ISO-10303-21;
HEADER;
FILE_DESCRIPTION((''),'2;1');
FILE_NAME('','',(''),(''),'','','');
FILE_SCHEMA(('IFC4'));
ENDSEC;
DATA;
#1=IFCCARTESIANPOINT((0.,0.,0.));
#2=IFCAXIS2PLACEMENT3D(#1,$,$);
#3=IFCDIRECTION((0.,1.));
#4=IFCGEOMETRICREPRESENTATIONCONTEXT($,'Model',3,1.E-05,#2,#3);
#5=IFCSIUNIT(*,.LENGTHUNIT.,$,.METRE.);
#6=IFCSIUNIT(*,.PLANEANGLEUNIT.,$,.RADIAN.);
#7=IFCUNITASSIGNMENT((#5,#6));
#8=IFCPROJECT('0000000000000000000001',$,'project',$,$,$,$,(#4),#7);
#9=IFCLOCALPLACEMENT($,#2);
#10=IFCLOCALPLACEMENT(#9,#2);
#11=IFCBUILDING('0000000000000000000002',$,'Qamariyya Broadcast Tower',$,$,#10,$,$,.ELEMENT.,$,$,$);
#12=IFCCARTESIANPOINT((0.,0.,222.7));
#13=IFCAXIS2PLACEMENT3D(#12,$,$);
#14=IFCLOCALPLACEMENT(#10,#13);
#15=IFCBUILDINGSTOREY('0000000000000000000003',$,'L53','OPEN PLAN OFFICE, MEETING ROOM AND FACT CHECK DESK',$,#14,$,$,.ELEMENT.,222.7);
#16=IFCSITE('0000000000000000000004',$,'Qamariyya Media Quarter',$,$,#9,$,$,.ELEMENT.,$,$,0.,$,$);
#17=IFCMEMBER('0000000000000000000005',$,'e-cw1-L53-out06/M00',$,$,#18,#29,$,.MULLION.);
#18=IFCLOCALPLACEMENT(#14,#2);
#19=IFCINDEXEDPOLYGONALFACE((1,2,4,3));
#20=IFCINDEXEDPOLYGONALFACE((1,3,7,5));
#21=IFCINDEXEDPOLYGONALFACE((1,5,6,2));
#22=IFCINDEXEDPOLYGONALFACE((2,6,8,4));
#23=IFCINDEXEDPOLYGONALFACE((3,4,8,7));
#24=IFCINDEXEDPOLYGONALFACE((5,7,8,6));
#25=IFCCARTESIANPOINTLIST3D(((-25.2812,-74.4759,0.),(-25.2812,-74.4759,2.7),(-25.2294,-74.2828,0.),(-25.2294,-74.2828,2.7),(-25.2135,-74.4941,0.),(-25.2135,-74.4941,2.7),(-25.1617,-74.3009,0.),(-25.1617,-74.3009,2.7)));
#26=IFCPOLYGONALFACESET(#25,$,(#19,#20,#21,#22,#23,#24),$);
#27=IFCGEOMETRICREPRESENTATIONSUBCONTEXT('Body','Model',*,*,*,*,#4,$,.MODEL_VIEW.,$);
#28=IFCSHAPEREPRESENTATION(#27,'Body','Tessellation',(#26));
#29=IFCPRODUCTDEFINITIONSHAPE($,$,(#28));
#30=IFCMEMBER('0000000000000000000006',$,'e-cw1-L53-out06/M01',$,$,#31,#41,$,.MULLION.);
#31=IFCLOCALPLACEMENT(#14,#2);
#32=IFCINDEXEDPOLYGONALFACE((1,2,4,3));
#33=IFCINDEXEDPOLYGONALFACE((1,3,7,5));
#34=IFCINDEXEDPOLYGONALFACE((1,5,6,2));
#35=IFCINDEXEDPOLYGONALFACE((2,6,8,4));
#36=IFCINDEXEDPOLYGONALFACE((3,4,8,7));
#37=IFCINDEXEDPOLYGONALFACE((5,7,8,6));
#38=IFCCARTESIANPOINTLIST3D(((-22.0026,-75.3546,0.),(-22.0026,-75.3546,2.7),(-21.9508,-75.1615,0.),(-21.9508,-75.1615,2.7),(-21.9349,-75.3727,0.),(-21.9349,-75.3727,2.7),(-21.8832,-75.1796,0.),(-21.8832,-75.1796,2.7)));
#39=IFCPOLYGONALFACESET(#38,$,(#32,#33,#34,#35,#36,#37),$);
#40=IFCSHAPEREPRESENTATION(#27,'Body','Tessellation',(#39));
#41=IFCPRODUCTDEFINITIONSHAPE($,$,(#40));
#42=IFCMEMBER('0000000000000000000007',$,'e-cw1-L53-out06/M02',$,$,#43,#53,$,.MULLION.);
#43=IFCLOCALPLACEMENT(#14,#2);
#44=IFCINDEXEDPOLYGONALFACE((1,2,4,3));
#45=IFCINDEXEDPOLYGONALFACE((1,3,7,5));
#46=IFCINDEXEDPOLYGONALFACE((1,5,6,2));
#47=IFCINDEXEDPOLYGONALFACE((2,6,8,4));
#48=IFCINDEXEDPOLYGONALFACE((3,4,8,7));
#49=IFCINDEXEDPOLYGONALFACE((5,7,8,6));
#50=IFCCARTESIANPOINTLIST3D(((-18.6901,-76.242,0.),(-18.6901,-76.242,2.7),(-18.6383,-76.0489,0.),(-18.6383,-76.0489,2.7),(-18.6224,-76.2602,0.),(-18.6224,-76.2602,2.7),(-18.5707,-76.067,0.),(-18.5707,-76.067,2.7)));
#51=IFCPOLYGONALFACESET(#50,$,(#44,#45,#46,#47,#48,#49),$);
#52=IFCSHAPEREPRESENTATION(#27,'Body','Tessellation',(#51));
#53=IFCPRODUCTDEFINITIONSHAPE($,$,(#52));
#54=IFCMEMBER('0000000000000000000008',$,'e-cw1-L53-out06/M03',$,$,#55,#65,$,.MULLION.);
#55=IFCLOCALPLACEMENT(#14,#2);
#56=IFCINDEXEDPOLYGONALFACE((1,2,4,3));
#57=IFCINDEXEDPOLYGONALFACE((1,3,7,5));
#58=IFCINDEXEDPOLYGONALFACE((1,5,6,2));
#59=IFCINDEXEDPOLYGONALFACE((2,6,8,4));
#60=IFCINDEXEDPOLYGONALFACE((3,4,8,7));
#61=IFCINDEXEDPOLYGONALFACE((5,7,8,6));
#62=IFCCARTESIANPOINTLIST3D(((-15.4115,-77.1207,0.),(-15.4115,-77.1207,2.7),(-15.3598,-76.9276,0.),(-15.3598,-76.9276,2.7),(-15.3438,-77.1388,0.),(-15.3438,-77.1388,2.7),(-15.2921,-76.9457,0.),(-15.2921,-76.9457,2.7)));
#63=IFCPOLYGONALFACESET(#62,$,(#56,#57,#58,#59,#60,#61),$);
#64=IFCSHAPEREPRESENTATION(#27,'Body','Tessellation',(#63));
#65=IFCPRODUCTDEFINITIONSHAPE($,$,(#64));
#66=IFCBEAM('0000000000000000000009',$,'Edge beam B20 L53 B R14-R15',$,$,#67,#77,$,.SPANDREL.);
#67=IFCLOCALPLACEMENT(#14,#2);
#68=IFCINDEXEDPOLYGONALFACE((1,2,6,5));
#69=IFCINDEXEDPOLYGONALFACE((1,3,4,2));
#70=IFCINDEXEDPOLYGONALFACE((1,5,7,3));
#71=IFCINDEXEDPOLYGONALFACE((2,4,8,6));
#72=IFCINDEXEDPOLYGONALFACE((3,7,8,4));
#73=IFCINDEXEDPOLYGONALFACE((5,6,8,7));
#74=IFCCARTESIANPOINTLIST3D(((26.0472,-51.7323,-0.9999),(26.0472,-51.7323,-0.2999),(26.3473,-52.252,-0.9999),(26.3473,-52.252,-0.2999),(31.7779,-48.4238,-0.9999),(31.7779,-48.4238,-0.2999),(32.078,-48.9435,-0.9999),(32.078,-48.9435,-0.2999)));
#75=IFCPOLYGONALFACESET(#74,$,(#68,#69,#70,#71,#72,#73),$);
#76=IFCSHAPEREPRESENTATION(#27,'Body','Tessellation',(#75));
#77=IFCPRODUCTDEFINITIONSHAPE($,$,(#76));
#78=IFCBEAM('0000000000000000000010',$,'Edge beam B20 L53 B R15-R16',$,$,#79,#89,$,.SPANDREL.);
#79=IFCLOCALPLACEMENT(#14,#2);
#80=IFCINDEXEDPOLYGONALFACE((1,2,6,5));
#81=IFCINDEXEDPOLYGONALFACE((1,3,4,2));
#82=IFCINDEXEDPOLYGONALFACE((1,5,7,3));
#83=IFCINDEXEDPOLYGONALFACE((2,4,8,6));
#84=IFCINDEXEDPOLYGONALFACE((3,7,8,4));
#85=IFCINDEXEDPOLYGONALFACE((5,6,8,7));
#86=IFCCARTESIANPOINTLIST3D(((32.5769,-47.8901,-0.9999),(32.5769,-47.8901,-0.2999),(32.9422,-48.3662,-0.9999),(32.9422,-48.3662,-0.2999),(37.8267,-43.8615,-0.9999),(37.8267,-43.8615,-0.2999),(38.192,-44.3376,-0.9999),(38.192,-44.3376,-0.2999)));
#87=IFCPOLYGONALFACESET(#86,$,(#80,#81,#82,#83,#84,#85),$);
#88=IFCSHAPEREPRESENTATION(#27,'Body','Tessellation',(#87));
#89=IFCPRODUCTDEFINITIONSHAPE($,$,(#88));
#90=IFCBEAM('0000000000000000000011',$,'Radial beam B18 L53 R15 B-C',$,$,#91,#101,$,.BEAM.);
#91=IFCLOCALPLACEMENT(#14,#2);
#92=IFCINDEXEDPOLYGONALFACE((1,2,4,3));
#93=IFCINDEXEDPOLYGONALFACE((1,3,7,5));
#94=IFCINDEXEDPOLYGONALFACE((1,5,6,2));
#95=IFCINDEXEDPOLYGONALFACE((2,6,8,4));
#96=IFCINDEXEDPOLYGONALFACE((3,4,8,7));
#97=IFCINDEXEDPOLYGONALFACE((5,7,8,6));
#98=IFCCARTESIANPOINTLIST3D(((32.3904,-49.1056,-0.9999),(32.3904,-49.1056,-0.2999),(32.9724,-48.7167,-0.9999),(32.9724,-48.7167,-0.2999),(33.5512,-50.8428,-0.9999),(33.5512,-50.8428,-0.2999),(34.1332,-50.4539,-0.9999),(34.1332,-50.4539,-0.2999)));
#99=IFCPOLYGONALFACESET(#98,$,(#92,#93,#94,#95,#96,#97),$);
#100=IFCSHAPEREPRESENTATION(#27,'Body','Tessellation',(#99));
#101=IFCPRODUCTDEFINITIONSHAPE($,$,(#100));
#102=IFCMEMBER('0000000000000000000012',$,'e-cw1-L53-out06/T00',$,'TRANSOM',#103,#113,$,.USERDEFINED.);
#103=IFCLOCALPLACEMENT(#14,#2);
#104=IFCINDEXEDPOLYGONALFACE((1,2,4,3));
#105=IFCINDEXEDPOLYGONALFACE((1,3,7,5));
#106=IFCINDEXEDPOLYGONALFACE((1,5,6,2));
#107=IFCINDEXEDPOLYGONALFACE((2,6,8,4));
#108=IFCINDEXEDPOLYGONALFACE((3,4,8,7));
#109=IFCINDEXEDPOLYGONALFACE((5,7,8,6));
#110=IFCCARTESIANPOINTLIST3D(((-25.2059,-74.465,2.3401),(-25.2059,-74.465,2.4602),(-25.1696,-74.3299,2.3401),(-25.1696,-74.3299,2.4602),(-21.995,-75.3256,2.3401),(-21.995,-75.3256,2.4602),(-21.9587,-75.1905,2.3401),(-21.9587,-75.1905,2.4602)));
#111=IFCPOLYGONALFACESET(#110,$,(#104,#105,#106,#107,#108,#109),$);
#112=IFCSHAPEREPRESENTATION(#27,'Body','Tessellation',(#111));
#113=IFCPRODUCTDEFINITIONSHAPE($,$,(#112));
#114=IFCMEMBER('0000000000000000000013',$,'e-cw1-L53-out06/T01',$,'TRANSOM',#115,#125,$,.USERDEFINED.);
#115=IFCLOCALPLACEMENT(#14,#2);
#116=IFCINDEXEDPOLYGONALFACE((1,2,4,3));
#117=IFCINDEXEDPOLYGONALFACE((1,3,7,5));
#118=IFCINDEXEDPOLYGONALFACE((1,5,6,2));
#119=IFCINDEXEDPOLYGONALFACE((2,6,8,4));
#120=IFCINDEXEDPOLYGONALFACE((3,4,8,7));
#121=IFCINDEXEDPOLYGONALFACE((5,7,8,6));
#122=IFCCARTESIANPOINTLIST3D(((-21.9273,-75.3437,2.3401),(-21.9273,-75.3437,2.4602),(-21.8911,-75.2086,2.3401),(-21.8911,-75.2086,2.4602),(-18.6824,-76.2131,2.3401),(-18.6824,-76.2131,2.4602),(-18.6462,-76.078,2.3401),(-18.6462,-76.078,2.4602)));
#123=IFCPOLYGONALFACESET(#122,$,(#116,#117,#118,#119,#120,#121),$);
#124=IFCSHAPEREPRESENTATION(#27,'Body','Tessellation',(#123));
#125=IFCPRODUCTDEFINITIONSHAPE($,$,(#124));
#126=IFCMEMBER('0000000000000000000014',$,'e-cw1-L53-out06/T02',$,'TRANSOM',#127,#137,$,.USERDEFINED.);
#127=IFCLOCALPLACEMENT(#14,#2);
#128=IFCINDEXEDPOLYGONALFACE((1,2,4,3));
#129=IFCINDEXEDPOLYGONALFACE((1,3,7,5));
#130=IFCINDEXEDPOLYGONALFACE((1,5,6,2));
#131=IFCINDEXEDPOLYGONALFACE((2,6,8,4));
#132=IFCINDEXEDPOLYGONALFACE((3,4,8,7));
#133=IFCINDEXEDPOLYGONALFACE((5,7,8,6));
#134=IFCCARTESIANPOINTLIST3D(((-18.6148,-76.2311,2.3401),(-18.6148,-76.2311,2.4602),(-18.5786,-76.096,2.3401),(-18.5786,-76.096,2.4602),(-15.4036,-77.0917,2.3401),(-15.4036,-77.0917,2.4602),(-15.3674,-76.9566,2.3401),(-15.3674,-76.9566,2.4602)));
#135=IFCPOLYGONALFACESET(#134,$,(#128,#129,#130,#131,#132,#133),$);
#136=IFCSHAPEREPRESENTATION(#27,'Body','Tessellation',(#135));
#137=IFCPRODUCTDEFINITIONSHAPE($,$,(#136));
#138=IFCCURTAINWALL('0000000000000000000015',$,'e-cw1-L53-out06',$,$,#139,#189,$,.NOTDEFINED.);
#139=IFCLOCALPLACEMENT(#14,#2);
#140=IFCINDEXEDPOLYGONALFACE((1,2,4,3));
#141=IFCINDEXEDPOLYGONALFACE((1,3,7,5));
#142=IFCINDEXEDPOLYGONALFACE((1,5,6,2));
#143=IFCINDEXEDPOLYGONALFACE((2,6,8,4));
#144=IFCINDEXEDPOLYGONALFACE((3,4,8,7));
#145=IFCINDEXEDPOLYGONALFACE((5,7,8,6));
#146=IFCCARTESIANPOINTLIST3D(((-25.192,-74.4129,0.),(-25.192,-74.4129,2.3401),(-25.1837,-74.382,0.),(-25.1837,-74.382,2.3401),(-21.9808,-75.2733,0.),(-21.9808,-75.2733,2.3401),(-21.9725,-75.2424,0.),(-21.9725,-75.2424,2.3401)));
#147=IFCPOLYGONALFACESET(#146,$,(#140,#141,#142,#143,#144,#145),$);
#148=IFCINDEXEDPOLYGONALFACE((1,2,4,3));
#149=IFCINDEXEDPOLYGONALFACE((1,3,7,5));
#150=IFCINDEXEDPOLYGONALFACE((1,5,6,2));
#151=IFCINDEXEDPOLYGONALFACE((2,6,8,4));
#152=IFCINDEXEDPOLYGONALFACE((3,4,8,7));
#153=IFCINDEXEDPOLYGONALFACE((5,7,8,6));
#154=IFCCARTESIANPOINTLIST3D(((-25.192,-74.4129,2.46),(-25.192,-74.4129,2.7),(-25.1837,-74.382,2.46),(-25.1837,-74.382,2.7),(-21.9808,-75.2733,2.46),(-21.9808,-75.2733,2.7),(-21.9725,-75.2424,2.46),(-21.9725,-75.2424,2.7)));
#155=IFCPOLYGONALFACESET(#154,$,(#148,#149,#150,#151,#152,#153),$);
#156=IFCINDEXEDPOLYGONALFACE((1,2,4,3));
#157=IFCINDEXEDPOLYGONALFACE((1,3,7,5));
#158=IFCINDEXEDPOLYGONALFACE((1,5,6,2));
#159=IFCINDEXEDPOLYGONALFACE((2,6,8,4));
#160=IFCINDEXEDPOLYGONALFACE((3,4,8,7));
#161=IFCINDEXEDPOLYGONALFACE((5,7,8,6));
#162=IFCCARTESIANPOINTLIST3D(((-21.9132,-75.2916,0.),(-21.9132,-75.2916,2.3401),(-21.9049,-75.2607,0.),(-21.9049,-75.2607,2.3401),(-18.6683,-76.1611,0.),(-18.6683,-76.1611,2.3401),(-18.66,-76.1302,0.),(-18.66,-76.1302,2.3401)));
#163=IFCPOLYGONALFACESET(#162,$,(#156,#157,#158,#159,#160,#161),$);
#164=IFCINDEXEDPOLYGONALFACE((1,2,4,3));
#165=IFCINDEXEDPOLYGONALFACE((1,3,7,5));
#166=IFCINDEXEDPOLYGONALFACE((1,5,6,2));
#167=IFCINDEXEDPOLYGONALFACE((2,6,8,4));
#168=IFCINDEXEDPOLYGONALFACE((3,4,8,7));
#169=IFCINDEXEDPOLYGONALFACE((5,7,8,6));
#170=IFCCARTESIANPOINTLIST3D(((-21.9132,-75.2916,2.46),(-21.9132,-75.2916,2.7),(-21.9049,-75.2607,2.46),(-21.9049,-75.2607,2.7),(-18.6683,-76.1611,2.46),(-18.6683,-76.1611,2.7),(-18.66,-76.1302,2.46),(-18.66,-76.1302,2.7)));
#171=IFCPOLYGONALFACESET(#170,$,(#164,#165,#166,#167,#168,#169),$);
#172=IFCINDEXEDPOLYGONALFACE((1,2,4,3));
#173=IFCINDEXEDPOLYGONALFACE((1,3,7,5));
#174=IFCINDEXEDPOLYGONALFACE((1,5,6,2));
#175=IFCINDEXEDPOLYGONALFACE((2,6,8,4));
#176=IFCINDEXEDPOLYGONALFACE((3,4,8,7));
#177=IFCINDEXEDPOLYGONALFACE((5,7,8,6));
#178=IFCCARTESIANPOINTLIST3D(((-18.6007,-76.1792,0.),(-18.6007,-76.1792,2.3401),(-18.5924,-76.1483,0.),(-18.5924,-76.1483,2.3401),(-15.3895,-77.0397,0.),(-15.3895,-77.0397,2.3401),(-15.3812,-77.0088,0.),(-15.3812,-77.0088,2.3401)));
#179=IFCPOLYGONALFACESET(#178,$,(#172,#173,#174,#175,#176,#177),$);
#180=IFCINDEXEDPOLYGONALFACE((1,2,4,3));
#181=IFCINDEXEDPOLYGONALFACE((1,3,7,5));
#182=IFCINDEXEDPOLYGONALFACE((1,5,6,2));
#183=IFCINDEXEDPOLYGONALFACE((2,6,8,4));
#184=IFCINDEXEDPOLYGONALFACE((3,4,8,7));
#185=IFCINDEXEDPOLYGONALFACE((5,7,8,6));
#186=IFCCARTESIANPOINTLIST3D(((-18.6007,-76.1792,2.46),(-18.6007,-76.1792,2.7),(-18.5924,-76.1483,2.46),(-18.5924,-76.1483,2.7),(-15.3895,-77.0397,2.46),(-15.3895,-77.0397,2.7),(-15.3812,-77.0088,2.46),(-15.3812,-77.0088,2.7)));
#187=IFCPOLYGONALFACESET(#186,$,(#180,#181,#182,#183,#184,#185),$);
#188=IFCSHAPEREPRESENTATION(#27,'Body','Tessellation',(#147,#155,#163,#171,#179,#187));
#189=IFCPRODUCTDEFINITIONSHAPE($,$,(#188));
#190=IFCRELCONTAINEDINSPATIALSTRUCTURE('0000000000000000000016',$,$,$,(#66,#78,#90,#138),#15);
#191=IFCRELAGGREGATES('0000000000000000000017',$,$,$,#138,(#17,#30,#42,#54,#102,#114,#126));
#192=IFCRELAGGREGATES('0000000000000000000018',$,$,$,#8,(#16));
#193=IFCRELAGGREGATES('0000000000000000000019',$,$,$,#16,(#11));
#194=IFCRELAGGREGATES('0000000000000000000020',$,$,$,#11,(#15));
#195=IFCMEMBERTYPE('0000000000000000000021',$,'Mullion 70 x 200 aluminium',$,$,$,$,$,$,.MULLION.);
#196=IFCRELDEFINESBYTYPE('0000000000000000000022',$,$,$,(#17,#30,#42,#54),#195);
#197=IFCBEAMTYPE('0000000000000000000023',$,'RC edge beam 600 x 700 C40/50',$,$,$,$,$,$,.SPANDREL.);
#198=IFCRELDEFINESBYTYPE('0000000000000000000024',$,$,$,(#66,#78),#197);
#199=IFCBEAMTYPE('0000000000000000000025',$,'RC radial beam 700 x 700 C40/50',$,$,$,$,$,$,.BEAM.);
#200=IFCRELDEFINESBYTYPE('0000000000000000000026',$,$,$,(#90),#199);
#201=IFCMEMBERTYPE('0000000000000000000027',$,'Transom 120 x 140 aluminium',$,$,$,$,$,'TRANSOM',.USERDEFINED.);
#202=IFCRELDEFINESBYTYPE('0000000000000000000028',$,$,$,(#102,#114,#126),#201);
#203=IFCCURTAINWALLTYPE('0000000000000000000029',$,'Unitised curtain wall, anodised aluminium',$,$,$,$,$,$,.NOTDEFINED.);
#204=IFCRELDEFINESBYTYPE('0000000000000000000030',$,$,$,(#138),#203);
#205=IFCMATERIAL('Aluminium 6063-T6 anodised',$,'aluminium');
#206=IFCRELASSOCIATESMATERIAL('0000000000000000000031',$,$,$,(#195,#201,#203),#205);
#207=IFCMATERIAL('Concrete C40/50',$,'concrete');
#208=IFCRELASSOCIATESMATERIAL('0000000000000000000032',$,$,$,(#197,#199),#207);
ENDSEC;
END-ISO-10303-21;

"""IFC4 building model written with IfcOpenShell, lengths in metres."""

from ifc_helpers import new_model, si_unit, direction, frame, origin, origin_2d, place, context, subcontext, project, spatial, rectangle, extrude, material, material_profile, profile_set, type_object, element, aggregate, save


model = new_model("IFC4")

# Units and contexts
model_context = context("Model", 3, precision=1e-05, world=origin(), true_north=direction((0.0, 1.0)))
body_context = subcontext(model_context, "Body", "Model", "MODEL_VIEW")
ifc_project = project(units=[si_unit("LENGTHUNIT", "METRE"), si_unit("PLANEANGLEUNIT", "RADIAN")], contexts=[model_context])

# Site, building, storey
site_placement = place(None, origin())
site = spatial("IfcSite", under=ifc_project, at=site_placement, Name="Qamariyya Media Quarter", CompositionType="ELEMENT", RefElevation=0.0)
building_placement = place(site_placement, origin())
building = spatial("IfcBuilding", under=site, at=building_placement, Name="Qamariyya Broadcast Tower", CompositionType="ELEMENT")
storey_placement = place(building_placement, frame((0.0, 0.0, 222.7)))
storey = spatial("IfcBuildingStorey", under=building, at=storey_placement, Name="L53", Description="OPEN PLAN OFFICE, MEETING ROOM AND FACT CHECK DESK", CompositionType="ELEMENT", Elevation=222.7)

# Members
ifc_material_1 = material(Name="Aluminium 6063-T6 anodised", Category="aluminium")
ifc_material_profile_1 = material_profile(ifc_material_1, rectangle(XDim=0.2, YDim=0.0701, at=origin_2d()))
ifc_profile_set_1 = profile_set([ifc_material_profile_1], Name="Aluminium 6063-T6 anodised")
member_type_1 = type_object("IfcMemberType", Name="Mullion 70 x 200 aluminium", PredefinedType="MULLION", material=ifc_profile_set_1)
member_1_placement = place(storey_placement, frame((-25.2214, -74.3884, 0.0), z_axis=(0.0, 0.0, 1.0), x_axis=(0.258819, 0.965926, 0.0)))
member_1 = element("IfcMember", 1, at=member_1_placement, type_object=member_type_1, Name="e-cw1-L53-out06/M00", PredefinedType="MULLION", context=body_context, shape_type="SweptSolid", body=[
    extrude(rectangle(XDim=0.2, YDim=0.0701, at=origin_2d()), origin(), (0.0, 0.0, 1.0), 2.7),
])
member_2_placement = place(storey_placement, frame((-21.9429, -75.2671, 0.0), z_axis=(0.0, 0.0, 1.0), x_axis=(0.258819, 0.965926, 0.0)))
member_2 = element("IfcMember", 2, at=member_2_placement, type_object=member_type_1, Name="e-cw1-L53-out06/M01", PredefinedType="MULLION", context=body_context, shape_type="SweptSolid", body=[
    extrude(rectangle(XDim=0.2, YDim=0.0701, at=origin_2d()), origin(), (0.0, 0.0, 1.0), 2.7),
])
member_3_placement = place(storey_placement, frame((-18.6304, -76.1545, 0.0), z_axis=(0.0, 0.0, 1.0), x_axis=(0.258819, 0.965926, 0.0)))
member_3 = element("IfcMember", 3, at=member_3_placement, type_object=member_type_1, Name="e-cw1-L53-out06/M02", PredefinedType="MULLION", context=body_context, shape_type="SweptSolid", body=[
    extrude(rectangle(XDim=0.2, YDim=0.0701, at=origin_2d()), origin(), (0.0, 0.0, 1.0), 2.7),
])
member_4_placement = place(storey_placement, frame((-15.3518, -77.0332, 0.0), z_axis=(0.0, 0.0, 1.0), x_axis=(0.258819, 0.965926, 0.0)))
member_4 = element("IfcMember", 4, at=member_4_placement, type_object=member_type_1, Name="e-cw1-L53-out06/M03", PredefinedType="MULLION", context=body_context, shape_type="SweptSolid", body=[
    extrude(rectangle(XDim=0.2, YDim=0.0701, at=origin_2d()), origin(), (0.0, 0.0, 1.0), 2.7),
])

# Beams
ifc_material_2 = material(Name="Concrete C40/50", Category="concrete")
ifc_material_profile_2 = material_profile(ifc_material_2, rectangle(XDim=0.6001, YDim=0.7, at=origin_2d()))
ifc_profile_set_2 = profile_set([ifc_material_profile_2], Name="Concrete C40/50")
beam_type_1 = type_object("IfcBeamType", Name="RC edge beam 600 x 700 C40/50", PredefinedType="SPANDREL", material=ifc_profile_set_2)
beam_1_placement = place(storey_placement, frame((26.1973, -51.9922, -0.6499), z_axis=(0.866028, 0.499996, 0.0), x_axis=(-0.499996, 0.866028, 0.0)))
element("IfcBeam", 5, at=beam_1_placement, inside=storey, type_object=beam_type_1, Name="Edge beam B20 L53 B R14-R15", PredefinedType="SPANDREL", context=body_context, shape_type="SweptSolid", body=[
    extrude(rectangle(XDim=0.6001, YDim=0.7, at=origin_2d()), origin(), (0.0, 0.0, 1.0), 6.6172),
])
beam_2_placement = place(storey_placement, frame((32.7595, -48.1282, -0.6499), z_axis=(0.793333, 0.608789, 0.0), x_axis=(-0.608789, 0.793333, 0.0)))
element("IfcBeam", 6, at=beam_2_placement, inside=storey, type_object=beam_type_1, Name="Edge beam B20 L53 B R15-R16", PredefinedType="SPANDREL", context=body_context, shape_type="SweptSolid", body=[
    extrude(rectangle(XDim=0.6001, YDim=0.7, at=origin_2d()), origin(), (0.0, 0.0, 1.0), 6.6174),
])
ifc_material_profile_3 = material_profile(ifc_material_2, rectangle(XDim=0.7, YDim=0.7, at=origin_2d()))
ifc_profile_set_3 = profile_set([ifc_material_profile_3], Name="Concrete C40/50")
beam_type_2 = type_object("IfcBeamType", Name="RC radial beam 700 x 700 C40/50", PredefinedType="BEAM", material=ifc_profile_set_3)
beam_3_placement = place(storey_placement, frame((32.6814, -48.9111, -0.6499), z_axis=(0.55559, -0.831457, 0.0), x_axis=(0.831457, 0.55559, 0.0)))
element("IfcBeam", 7, at=beam_3_placement, inside=storey, type_object=beam_type_2, Name="Radial beam B18 L53 R15 B-C", PredefinedType="BEAM", context=body_context, shape_type="SweptSolid", body=[
    extrude(rectangle(XDim=0.7, YDim=0.7, at=origin_2d()), origin(), (0.0, 0.0, 1.0), 2.0894),
])

# Members
ifc_material_profile_4 = material_profile(ifc_material_1, rectangle(XDim=0.1399, YDim=0.1201, at=origin_2d()))
ifc_profile_set_4 = profile_set([ifc_material_profile_4], Name="Aluminium 6063-T6 anodised")
member_type_2 = type_object("IfcMemberType", Name="Transom 120 x 140 aluminium", ElementType="TRANSOM", PredefinedType="USERDEFINED", material=ifc_profile_set_4)
member_5_placement = place(storey_placement, frame((-25.1877, -74.3975, 2.4001), z_axis=(0.965909, -0.258883, 0.0), x_axis=(0.258883, 0.965909, 0.0)))
member_5 = element("IfcMember", 8, at=member_5_placement, type_object=member_type_2, Name="e-cw1-L53-out06/T00", ObjectType="TRANSOM", PredefinedType="USERDEFINED", context=body_context, shape_type="SweptSolid", body=[
    extrude(rectangle(XDim=0.1399, YDim=0.1201, at=origin_2d()), origin(), (0.0, 0.0, 1.0), 3.3242),
])
member_6_placement = place(storey_placement, frame((-21.9092, -75.2761, 2.4001), z_axis=(0.965932, -0.258798, 0.0), x_axis=(0.258798, 0.965932, 0.0)))
member_6 = element("IfcMember", 9, at=member_6_placement, type_object=member_type_2, Name="e-cw1-L53-out06/T01", ObjectType="TRANSOM", PredefinedType="USERDEFINED", context=body_context, shape_type="SweptSolid", body=[
    extrude(rectangle(XDim=0.1399, YDim=0.1201, at=origin_2d()), origin(), (0.0, 0.0, 1.0), 3.3594),
])
member_7_placement = place(storey_placement, frame((-18.5967, -76.1636, 2.4001), z_axis=(0.965914, -0.258865, 0.0), x_axis=(0.258865, 0.965914, 0.0)))
member_7 = element("IfcMember", 10, at=member_7_placement, type_object=member_type_2, Name="e-cw1-L53-out06/T02", ObjectType="TRANSOM", PredefinedType="USERDEFINED", context=body_context, shape_type="SweptSolid", body=[
    extrude(rectangle(XDim=0.1399, YDim=0.1201, at=origin_2d()), origin(), (0.0, 0.0, 1.0), 3.3245),
])

# Curtain wall
curtain_wall_type = type_object("IfcCurtainWallType", Name="Unitised curtain wall, anodised aluminium", PredefinedType="NOTDEFINED", material=ifc_material_1)
curtain_wall_1_placement = place(storey_placement, origin())
curtain_wall_1 = element("IfcCurtainWall", 11, at=curtain_wall_1_placement, inside=storey, type_object=curtain_wall_type, Name="e-cw1-L53-out06", PredefinedType="NOTDEFINED", context=body_context, shape_type="SweptSolid", body=[
    extrude(rectangle(XDim=3.3245, YDim=0.032, at=origin_2d()), frame((-23.5823, -74.8276, 0.0), x_axis=(0.965923, -0.258828, 0.0)), (0.0, 0.0, 1.0), 2.3401),
    extrude(rectangle(XDim=3.3245, YDim=0.032, at=origin_2d()), frame((-23.5823, -74.8276, 2.46), x_axis=(0.965923, -0.258828, 0.0)), (0.0, 0.0, 1.0), 0.24),
    extrude(rectangle(XDim=3.3594, YDim=0.032, at=origin_2d()), frame((-20.2866, -75.7109, 0.0), x_axis=(0.965923, -0.258828, 0.0)), (0.0, 0.0, 1.0), 2.3401),
    extrude(rectangle(XDim=3.3594, YDim=0.032, at=origin_2d()), frame((-20.2866, -75.7109, 2.46), x_axis=(0.965923, -0.258828, 0.0)), (0.0, 0.0, 1.0), 0.24),
    extrude(rectangle(XDim=3.3245, YDim=0.032, at=origin_2d()), frame((-16.991, -76.594, 0.0), x_axis=(0.965923, -0.258828, 0.0)), (0.0, 0.0, 1.0), 2.3401),
    extrude(rectangle(XDim=3.3245, YDim=0.032, at=origin_2d()), frame((-16.991, -76.594, 2.46), x_axis=(0.965923, -0.258828, 0.0)), (0.0, 0.0, 1.0), 0.24),
])
aggregate(curtain_wall_1, [member_1, member_2, member_3, member_4, member_5, member_6, member_7])

save(model, "model.ifc")
